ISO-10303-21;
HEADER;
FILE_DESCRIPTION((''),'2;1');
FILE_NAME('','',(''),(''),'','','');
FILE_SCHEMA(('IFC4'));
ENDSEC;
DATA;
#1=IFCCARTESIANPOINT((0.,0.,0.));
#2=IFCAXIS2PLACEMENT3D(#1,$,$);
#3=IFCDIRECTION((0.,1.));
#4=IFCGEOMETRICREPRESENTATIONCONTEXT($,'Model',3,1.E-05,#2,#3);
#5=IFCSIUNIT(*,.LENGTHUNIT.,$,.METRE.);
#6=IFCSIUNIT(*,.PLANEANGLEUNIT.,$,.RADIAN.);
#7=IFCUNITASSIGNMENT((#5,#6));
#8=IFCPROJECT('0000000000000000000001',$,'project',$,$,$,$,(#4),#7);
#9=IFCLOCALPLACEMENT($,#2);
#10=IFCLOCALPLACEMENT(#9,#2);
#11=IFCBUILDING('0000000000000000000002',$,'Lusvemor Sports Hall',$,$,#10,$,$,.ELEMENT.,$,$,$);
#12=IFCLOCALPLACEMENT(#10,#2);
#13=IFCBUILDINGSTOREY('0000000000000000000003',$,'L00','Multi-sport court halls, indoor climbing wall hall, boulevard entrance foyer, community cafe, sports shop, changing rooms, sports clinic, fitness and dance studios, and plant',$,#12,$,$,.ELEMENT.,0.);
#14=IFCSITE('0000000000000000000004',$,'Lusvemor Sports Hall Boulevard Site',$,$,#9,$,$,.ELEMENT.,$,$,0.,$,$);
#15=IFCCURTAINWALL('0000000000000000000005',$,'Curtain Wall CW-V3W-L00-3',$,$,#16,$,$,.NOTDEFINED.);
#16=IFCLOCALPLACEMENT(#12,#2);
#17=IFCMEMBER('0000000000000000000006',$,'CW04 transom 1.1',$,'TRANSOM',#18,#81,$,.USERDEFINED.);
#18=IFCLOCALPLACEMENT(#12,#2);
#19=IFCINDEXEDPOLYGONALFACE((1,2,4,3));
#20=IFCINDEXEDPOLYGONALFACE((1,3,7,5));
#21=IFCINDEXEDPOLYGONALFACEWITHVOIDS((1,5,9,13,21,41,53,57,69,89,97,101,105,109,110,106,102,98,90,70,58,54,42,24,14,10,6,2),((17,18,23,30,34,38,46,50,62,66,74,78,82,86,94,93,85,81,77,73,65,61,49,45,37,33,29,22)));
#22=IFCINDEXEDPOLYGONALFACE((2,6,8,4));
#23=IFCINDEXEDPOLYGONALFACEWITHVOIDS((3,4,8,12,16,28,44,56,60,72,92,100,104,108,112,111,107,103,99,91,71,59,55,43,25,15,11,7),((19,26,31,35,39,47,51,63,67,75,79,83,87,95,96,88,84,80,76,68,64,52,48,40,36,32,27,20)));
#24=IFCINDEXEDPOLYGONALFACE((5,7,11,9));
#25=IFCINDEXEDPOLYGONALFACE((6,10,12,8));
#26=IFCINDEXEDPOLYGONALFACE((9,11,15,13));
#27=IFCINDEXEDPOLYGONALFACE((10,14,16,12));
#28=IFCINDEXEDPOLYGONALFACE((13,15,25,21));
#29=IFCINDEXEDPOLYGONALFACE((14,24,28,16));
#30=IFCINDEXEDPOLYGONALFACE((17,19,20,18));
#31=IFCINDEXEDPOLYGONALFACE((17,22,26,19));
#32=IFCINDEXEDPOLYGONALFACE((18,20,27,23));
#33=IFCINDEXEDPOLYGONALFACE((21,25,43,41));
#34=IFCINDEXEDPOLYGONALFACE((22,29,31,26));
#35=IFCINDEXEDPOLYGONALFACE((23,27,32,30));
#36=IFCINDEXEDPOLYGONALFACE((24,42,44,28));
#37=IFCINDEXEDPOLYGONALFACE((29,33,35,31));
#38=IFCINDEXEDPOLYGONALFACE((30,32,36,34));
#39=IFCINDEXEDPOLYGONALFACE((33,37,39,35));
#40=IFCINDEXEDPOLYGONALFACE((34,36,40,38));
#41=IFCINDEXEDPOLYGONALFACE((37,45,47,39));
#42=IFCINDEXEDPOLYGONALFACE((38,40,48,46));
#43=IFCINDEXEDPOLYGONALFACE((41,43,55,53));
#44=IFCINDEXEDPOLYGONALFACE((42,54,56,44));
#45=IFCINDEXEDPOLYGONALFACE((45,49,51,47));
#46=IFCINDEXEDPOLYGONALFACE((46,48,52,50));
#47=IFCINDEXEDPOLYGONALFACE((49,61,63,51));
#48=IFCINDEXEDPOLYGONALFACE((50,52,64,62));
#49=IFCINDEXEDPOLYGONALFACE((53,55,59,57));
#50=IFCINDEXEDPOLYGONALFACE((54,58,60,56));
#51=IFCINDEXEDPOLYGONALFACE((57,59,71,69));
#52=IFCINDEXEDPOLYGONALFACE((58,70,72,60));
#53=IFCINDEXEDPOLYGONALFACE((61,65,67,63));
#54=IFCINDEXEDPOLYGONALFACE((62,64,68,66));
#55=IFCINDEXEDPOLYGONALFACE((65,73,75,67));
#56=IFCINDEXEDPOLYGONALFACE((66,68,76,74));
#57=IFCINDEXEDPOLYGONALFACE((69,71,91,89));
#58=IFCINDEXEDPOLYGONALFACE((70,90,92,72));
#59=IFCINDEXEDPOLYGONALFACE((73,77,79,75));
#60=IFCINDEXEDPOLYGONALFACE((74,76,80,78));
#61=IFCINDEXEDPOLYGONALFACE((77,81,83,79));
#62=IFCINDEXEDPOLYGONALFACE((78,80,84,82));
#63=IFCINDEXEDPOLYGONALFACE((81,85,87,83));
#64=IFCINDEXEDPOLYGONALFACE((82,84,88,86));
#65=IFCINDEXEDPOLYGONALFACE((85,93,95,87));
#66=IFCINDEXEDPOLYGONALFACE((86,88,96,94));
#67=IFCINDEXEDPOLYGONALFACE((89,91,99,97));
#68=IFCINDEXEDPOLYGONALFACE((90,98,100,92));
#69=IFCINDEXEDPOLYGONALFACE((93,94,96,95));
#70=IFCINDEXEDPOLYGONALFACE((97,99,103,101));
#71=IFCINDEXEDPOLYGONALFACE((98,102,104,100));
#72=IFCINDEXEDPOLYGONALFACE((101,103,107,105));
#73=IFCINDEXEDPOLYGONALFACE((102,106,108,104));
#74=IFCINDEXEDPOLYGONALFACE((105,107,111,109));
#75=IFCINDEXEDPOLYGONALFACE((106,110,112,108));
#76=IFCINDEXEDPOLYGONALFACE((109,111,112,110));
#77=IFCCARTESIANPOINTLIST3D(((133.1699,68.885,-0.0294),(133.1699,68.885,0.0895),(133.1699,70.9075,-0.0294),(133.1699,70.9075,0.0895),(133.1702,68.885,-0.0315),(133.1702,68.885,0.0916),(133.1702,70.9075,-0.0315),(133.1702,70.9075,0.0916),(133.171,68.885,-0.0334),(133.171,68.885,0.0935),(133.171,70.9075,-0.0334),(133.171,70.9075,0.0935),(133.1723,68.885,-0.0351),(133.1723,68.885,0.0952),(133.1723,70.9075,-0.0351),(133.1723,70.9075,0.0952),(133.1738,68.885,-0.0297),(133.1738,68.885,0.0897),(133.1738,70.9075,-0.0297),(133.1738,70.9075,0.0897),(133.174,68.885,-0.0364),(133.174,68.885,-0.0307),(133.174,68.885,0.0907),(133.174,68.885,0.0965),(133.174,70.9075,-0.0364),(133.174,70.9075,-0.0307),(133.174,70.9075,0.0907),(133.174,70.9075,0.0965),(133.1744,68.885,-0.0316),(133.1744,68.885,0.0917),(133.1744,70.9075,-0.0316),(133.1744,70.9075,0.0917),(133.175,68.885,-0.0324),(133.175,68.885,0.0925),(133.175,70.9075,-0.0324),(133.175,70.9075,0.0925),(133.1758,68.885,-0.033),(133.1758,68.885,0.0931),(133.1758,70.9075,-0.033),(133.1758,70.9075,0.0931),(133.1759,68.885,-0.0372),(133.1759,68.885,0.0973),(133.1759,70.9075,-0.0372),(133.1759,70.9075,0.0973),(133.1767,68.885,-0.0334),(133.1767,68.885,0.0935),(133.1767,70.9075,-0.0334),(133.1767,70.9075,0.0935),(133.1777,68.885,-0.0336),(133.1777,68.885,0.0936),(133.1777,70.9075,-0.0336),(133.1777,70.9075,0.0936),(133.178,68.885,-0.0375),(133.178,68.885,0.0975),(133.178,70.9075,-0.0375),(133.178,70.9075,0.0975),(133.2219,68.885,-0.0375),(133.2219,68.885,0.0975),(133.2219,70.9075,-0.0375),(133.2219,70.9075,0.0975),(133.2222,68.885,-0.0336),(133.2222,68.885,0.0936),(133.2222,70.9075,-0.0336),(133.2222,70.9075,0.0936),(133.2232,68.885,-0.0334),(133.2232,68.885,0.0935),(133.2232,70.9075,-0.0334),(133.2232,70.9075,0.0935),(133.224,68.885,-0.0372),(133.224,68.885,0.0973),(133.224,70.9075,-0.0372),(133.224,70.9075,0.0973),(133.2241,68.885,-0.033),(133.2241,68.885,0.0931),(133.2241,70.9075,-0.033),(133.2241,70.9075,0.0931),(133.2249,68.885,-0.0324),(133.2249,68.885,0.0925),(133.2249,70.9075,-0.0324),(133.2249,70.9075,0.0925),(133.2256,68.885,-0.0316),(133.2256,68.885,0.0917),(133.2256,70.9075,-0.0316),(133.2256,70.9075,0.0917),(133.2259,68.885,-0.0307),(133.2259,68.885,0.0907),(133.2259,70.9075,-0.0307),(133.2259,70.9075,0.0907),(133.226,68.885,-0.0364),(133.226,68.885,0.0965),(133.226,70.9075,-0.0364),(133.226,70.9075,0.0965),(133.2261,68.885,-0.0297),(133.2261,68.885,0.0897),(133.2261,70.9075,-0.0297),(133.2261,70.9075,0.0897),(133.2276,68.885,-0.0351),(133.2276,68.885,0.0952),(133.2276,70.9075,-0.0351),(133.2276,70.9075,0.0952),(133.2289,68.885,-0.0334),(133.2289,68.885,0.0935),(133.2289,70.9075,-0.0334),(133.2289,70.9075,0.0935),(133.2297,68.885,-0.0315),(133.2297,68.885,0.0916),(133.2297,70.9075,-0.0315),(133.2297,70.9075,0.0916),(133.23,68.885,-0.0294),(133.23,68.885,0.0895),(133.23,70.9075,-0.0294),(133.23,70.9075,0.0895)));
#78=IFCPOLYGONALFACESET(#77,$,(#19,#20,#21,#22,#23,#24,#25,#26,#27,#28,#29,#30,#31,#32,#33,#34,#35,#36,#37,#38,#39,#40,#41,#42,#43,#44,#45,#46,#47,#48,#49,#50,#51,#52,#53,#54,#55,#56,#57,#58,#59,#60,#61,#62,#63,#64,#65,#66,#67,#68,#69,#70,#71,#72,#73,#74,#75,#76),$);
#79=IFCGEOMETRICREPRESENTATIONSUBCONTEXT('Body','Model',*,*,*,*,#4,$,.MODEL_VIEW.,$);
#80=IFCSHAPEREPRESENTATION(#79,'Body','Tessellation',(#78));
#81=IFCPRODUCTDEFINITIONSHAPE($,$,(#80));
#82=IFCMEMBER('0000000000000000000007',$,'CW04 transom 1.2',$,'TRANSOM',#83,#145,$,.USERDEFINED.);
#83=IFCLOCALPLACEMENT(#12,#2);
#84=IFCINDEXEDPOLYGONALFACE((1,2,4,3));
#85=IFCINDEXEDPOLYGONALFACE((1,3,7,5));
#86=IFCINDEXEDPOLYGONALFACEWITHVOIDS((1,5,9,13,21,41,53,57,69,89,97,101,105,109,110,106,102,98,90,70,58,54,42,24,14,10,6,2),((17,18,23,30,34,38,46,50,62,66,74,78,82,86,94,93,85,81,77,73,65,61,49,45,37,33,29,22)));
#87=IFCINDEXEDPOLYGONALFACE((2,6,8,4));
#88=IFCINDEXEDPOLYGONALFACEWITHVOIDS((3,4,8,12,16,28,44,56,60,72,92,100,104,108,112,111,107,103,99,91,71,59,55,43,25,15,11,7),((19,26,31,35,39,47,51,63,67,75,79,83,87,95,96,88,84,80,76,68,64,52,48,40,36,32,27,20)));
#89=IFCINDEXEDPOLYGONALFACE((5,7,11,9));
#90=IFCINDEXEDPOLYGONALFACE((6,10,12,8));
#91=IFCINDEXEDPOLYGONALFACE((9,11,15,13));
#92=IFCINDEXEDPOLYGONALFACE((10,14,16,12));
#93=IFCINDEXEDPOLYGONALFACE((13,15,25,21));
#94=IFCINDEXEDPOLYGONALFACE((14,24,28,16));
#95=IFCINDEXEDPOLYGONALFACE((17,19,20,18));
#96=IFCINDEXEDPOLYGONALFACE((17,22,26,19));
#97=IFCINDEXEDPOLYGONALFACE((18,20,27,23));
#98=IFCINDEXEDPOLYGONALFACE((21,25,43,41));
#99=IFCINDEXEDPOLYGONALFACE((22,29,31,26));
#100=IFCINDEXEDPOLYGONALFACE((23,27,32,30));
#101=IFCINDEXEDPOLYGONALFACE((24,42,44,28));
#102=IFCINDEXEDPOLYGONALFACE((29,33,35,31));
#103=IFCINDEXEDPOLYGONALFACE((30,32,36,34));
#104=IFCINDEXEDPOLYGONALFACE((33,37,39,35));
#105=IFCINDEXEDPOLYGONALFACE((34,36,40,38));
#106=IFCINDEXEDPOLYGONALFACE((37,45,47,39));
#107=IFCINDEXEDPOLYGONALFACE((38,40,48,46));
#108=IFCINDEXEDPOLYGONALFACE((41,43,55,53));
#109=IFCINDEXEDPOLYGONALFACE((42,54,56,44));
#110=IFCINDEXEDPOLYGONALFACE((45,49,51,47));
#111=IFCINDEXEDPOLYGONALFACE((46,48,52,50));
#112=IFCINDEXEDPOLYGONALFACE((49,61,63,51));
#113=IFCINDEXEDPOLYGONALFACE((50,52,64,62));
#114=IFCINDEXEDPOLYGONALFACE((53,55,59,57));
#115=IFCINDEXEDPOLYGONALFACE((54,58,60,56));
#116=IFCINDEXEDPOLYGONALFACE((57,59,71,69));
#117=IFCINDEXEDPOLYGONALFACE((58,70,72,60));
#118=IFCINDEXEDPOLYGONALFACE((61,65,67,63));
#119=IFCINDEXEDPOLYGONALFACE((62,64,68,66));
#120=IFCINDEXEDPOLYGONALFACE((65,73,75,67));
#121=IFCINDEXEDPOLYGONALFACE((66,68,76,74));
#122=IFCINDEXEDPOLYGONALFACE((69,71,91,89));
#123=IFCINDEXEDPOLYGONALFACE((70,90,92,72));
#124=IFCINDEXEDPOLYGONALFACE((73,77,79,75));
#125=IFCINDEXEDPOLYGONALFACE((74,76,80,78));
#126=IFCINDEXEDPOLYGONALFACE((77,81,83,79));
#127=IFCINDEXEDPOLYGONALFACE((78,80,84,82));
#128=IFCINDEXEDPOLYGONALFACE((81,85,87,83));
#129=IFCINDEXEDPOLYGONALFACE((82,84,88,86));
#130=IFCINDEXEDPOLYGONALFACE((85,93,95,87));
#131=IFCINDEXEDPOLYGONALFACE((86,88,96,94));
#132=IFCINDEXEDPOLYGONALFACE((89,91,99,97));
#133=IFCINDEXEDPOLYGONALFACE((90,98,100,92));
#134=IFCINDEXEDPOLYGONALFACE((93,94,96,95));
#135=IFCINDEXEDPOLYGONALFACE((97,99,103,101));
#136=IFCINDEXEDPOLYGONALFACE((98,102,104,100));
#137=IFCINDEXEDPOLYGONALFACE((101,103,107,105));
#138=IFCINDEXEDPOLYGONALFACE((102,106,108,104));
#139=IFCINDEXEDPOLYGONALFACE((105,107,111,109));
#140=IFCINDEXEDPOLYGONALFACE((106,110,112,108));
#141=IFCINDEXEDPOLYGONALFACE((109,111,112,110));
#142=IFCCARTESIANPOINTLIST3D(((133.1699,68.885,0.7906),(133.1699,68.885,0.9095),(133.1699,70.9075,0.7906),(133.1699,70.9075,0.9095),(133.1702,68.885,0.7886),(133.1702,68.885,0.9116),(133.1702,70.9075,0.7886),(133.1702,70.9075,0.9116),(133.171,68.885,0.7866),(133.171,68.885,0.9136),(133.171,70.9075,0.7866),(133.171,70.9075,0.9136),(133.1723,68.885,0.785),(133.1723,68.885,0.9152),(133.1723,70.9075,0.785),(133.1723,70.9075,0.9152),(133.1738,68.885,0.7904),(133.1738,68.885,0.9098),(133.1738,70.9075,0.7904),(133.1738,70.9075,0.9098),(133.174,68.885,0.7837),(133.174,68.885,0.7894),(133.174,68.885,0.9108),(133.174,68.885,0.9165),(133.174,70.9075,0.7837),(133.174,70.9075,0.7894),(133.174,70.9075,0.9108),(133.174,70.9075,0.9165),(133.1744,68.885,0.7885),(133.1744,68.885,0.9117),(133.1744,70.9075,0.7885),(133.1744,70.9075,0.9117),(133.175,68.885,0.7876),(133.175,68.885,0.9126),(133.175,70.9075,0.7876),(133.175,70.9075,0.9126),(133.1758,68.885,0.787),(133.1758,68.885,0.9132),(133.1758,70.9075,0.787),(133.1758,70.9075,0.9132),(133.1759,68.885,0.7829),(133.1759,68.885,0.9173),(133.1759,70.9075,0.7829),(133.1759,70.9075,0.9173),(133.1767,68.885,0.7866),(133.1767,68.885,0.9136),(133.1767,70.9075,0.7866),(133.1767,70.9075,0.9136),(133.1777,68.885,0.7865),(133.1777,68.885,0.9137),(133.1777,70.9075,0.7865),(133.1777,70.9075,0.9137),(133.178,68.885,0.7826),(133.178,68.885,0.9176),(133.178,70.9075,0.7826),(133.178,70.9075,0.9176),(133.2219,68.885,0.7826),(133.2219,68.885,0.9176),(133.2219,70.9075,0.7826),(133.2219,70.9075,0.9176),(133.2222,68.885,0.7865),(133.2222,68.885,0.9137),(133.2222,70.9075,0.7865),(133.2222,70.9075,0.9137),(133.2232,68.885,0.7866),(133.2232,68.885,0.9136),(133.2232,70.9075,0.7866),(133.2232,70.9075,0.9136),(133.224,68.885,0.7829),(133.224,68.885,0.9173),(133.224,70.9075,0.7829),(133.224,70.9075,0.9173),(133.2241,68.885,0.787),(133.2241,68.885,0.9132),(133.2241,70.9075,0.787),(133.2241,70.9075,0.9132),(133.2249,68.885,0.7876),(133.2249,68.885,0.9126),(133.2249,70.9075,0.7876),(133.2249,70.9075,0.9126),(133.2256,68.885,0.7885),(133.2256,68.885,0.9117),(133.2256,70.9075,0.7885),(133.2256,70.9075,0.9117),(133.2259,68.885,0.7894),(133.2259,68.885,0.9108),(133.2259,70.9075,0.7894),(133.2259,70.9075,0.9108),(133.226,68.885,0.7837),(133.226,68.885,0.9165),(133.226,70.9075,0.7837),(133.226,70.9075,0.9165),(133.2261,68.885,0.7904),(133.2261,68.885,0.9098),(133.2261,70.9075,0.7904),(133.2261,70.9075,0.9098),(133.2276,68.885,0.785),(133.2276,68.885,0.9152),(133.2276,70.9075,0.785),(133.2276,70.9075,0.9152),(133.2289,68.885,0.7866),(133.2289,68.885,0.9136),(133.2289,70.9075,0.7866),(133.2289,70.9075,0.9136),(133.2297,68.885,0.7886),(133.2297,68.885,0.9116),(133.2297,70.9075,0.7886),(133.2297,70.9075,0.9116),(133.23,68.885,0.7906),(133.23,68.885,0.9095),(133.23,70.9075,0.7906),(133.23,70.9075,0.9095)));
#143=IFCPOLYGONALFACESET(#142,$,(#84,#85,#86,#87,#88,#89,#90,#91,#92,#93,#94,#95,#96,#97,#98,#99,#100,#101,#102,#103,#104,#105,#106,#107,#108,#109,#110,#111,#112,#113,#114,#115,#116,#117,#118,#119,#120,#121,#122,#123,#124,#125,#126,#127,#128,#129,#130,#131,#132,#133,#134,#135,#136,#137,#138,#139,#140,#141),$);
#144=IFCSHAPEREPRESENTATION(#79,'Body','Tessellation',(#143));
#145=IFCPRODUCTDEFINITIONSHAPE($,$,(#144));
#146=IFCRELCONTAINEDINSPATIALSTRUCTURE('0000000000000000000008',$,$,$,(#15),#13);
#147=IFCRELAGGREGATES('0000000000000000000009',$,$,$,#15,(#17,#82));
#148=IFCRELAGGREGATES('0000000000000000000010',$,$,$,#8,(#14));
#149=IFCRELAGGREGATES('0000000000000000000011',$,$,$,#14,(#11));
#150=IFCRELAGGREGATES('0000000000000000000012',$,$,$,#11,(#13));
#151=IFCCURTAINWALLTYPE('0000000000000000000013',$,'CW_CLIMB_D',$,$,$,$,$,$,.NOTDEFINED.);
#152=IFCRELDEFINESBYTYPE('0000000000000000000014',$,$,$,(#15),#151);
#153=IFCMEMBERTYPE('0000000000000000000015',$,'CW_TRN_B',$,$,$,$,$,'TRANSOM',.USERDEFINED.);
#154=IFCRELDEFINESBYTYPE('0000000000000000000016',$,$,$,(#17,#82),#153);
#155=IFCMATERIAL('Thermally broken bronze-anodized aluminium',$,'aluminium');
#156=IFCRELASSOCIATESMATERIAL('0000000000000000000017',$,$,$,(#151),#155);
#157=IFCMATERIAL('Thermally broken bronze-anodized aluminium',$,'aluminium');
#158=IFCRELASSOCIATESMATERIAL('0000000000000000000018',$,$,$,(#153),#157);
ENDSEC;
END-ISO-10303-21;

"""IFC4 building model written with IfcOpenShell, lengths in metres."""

from ifc_helpers import new_model, si_unit, direction, frame, origin, origin_2d, place, context, subcontext, project, spatial, hollow_rectangle, extrude, material, material_profile, profile_set, type_object, element, aggregate, save


model = new_model("IFC4")

# Units and contexts
model_context = context("Model", 3, precision=1e-05, world=origin(), true_north=direction((0.0, 1.0)))
body_context = subcontext(model_context, "Body", "Model", "MODEL_VIEW")
ifc_project = project(units=[si_unit("LENGTHUNIT", "METRE"), si_unit("PLANEANGLEUNIT", "RADIAN")], contexts=[model_context])

# Site, building, storey
site_placement = place(None, origin())
site = spatial("IfcSite", under=ifc_project, at=site_placement, Name="Lusvemor Sports Hall Boulevard Site", CompositionType="ELEMENT", RefElevation=0.0)
building_placement = place(site_placement, origin())
building = spatial("IfcBuilding", under=site, at=building_placement, Name="Lusvemor Sports Hall", CompositionType="ELEMENT")
storey_placement = place(building_placement, origin())
storey = spatial("IfcBuildingStorey", under=building, at=storey_placement, Name="L00", Description="Multi-sport court halls, indoor climbing wall hall, boulevard entrance foyer, community cafe, sports shop, changing rooms, sports clinic, fitness and dance studios, and plant", CompositionType="ELEMENT", Elevation=0.0)

# Shared definitions
ifc_material_1 = material(Name="Thermally broken bronze-anodized aluminium", Category="aluminium")
curtain_wall_type = type_object("IfcCurtainWallType", Name="CW_CLIMB_D", PredefinedType="NOTDEFINED", material=ifc_material_1)

# Curtain wall, members
curtain_wall_1_placement = place(storey_placement, origin())
curtain_wall_1 = element("IfcCurtainWall", 1, at=curtain_wall_1_placement, inside=storey, type_object=curtain_wall_type, Name="Curtain Wall CW-V3W-L00-3", PredefinedType="NOTDEFINED")
ifc_material_2 = material(Name="Thermally broken bronze-anodized aluminium", Category="aluminium")
ifc_material_profile_1 = material_profile(ifc_material_2, hollow_rectangle(XDim=0.0601, YDim=0.135, WallThickness=0.0039, InnerFilletRadius=0.0039, OuterFilletRadius=0.0081, at=origin_2d()), Name="CWTRN135x60x4")
ifc_profile_set_1 = profile_set([ifc_material_profile_1], Name="Thermally broken bronze-anodized aluminium")
member_type_1 = type_object("IfcMemberType", Name="CW_TRN_B", ElementType="TRANSOM", PredefinedType="USERDEFINED", material=ifc_profile_set_1)
member_1_placement = place(storey_placement, frame((133.2, 68.885, 0.03), z_axis=(0.0, 1.0, 0.0), x_axis=(-1.0, 0.0, 0.0)))
member_1 = element("IfcMember", 2, at=member_1_placement, type_object=member_type_1, Name="CW04 transom 1.1", ObjectType="TRANSOM", PredefinedType="USERDEFINED", context=body_context, shape_type="SweptSolid", body=[
    extrude(hollow_rectangle(XDim=0.0601, YDim=0.135, WallThickness=0.0039, InnerFilletRadius=0.0039, OuterFilletRadius=0.0081, at=origin_2d()), origin(), (0.0, 0.0, 1.0), 2.0225),
])
member_2_placement = place(storey_placement, frame((133.2, 68.885, 0.8501), z_axis=(0.0, 1.0, 0.0), x_axis=(-1.0, 0.0, 0.0)))
member_2 = element("IfcMember", 3, at=member_2_placement, type_object=member_type_1, Name="CW04 transom 1.2", ObjectType="TRANSOM", PredefinedType="USERDEFINED", context=body_context, shape_type="SweptSolid", body=[
    extrude(hollow_rectangle(XDim=0.0601, YDim=0.135, WallThickness=0.0039, InnerFilletRadius=0.0039, OuterFilletRadius=0.0081, at=origin_2d()), origin(), (0.0, 0.0, 1.0), 2.0225),
])
aggregate(curtain_wall_1, [member_1, member_2])

save(model, "model.ifc")
